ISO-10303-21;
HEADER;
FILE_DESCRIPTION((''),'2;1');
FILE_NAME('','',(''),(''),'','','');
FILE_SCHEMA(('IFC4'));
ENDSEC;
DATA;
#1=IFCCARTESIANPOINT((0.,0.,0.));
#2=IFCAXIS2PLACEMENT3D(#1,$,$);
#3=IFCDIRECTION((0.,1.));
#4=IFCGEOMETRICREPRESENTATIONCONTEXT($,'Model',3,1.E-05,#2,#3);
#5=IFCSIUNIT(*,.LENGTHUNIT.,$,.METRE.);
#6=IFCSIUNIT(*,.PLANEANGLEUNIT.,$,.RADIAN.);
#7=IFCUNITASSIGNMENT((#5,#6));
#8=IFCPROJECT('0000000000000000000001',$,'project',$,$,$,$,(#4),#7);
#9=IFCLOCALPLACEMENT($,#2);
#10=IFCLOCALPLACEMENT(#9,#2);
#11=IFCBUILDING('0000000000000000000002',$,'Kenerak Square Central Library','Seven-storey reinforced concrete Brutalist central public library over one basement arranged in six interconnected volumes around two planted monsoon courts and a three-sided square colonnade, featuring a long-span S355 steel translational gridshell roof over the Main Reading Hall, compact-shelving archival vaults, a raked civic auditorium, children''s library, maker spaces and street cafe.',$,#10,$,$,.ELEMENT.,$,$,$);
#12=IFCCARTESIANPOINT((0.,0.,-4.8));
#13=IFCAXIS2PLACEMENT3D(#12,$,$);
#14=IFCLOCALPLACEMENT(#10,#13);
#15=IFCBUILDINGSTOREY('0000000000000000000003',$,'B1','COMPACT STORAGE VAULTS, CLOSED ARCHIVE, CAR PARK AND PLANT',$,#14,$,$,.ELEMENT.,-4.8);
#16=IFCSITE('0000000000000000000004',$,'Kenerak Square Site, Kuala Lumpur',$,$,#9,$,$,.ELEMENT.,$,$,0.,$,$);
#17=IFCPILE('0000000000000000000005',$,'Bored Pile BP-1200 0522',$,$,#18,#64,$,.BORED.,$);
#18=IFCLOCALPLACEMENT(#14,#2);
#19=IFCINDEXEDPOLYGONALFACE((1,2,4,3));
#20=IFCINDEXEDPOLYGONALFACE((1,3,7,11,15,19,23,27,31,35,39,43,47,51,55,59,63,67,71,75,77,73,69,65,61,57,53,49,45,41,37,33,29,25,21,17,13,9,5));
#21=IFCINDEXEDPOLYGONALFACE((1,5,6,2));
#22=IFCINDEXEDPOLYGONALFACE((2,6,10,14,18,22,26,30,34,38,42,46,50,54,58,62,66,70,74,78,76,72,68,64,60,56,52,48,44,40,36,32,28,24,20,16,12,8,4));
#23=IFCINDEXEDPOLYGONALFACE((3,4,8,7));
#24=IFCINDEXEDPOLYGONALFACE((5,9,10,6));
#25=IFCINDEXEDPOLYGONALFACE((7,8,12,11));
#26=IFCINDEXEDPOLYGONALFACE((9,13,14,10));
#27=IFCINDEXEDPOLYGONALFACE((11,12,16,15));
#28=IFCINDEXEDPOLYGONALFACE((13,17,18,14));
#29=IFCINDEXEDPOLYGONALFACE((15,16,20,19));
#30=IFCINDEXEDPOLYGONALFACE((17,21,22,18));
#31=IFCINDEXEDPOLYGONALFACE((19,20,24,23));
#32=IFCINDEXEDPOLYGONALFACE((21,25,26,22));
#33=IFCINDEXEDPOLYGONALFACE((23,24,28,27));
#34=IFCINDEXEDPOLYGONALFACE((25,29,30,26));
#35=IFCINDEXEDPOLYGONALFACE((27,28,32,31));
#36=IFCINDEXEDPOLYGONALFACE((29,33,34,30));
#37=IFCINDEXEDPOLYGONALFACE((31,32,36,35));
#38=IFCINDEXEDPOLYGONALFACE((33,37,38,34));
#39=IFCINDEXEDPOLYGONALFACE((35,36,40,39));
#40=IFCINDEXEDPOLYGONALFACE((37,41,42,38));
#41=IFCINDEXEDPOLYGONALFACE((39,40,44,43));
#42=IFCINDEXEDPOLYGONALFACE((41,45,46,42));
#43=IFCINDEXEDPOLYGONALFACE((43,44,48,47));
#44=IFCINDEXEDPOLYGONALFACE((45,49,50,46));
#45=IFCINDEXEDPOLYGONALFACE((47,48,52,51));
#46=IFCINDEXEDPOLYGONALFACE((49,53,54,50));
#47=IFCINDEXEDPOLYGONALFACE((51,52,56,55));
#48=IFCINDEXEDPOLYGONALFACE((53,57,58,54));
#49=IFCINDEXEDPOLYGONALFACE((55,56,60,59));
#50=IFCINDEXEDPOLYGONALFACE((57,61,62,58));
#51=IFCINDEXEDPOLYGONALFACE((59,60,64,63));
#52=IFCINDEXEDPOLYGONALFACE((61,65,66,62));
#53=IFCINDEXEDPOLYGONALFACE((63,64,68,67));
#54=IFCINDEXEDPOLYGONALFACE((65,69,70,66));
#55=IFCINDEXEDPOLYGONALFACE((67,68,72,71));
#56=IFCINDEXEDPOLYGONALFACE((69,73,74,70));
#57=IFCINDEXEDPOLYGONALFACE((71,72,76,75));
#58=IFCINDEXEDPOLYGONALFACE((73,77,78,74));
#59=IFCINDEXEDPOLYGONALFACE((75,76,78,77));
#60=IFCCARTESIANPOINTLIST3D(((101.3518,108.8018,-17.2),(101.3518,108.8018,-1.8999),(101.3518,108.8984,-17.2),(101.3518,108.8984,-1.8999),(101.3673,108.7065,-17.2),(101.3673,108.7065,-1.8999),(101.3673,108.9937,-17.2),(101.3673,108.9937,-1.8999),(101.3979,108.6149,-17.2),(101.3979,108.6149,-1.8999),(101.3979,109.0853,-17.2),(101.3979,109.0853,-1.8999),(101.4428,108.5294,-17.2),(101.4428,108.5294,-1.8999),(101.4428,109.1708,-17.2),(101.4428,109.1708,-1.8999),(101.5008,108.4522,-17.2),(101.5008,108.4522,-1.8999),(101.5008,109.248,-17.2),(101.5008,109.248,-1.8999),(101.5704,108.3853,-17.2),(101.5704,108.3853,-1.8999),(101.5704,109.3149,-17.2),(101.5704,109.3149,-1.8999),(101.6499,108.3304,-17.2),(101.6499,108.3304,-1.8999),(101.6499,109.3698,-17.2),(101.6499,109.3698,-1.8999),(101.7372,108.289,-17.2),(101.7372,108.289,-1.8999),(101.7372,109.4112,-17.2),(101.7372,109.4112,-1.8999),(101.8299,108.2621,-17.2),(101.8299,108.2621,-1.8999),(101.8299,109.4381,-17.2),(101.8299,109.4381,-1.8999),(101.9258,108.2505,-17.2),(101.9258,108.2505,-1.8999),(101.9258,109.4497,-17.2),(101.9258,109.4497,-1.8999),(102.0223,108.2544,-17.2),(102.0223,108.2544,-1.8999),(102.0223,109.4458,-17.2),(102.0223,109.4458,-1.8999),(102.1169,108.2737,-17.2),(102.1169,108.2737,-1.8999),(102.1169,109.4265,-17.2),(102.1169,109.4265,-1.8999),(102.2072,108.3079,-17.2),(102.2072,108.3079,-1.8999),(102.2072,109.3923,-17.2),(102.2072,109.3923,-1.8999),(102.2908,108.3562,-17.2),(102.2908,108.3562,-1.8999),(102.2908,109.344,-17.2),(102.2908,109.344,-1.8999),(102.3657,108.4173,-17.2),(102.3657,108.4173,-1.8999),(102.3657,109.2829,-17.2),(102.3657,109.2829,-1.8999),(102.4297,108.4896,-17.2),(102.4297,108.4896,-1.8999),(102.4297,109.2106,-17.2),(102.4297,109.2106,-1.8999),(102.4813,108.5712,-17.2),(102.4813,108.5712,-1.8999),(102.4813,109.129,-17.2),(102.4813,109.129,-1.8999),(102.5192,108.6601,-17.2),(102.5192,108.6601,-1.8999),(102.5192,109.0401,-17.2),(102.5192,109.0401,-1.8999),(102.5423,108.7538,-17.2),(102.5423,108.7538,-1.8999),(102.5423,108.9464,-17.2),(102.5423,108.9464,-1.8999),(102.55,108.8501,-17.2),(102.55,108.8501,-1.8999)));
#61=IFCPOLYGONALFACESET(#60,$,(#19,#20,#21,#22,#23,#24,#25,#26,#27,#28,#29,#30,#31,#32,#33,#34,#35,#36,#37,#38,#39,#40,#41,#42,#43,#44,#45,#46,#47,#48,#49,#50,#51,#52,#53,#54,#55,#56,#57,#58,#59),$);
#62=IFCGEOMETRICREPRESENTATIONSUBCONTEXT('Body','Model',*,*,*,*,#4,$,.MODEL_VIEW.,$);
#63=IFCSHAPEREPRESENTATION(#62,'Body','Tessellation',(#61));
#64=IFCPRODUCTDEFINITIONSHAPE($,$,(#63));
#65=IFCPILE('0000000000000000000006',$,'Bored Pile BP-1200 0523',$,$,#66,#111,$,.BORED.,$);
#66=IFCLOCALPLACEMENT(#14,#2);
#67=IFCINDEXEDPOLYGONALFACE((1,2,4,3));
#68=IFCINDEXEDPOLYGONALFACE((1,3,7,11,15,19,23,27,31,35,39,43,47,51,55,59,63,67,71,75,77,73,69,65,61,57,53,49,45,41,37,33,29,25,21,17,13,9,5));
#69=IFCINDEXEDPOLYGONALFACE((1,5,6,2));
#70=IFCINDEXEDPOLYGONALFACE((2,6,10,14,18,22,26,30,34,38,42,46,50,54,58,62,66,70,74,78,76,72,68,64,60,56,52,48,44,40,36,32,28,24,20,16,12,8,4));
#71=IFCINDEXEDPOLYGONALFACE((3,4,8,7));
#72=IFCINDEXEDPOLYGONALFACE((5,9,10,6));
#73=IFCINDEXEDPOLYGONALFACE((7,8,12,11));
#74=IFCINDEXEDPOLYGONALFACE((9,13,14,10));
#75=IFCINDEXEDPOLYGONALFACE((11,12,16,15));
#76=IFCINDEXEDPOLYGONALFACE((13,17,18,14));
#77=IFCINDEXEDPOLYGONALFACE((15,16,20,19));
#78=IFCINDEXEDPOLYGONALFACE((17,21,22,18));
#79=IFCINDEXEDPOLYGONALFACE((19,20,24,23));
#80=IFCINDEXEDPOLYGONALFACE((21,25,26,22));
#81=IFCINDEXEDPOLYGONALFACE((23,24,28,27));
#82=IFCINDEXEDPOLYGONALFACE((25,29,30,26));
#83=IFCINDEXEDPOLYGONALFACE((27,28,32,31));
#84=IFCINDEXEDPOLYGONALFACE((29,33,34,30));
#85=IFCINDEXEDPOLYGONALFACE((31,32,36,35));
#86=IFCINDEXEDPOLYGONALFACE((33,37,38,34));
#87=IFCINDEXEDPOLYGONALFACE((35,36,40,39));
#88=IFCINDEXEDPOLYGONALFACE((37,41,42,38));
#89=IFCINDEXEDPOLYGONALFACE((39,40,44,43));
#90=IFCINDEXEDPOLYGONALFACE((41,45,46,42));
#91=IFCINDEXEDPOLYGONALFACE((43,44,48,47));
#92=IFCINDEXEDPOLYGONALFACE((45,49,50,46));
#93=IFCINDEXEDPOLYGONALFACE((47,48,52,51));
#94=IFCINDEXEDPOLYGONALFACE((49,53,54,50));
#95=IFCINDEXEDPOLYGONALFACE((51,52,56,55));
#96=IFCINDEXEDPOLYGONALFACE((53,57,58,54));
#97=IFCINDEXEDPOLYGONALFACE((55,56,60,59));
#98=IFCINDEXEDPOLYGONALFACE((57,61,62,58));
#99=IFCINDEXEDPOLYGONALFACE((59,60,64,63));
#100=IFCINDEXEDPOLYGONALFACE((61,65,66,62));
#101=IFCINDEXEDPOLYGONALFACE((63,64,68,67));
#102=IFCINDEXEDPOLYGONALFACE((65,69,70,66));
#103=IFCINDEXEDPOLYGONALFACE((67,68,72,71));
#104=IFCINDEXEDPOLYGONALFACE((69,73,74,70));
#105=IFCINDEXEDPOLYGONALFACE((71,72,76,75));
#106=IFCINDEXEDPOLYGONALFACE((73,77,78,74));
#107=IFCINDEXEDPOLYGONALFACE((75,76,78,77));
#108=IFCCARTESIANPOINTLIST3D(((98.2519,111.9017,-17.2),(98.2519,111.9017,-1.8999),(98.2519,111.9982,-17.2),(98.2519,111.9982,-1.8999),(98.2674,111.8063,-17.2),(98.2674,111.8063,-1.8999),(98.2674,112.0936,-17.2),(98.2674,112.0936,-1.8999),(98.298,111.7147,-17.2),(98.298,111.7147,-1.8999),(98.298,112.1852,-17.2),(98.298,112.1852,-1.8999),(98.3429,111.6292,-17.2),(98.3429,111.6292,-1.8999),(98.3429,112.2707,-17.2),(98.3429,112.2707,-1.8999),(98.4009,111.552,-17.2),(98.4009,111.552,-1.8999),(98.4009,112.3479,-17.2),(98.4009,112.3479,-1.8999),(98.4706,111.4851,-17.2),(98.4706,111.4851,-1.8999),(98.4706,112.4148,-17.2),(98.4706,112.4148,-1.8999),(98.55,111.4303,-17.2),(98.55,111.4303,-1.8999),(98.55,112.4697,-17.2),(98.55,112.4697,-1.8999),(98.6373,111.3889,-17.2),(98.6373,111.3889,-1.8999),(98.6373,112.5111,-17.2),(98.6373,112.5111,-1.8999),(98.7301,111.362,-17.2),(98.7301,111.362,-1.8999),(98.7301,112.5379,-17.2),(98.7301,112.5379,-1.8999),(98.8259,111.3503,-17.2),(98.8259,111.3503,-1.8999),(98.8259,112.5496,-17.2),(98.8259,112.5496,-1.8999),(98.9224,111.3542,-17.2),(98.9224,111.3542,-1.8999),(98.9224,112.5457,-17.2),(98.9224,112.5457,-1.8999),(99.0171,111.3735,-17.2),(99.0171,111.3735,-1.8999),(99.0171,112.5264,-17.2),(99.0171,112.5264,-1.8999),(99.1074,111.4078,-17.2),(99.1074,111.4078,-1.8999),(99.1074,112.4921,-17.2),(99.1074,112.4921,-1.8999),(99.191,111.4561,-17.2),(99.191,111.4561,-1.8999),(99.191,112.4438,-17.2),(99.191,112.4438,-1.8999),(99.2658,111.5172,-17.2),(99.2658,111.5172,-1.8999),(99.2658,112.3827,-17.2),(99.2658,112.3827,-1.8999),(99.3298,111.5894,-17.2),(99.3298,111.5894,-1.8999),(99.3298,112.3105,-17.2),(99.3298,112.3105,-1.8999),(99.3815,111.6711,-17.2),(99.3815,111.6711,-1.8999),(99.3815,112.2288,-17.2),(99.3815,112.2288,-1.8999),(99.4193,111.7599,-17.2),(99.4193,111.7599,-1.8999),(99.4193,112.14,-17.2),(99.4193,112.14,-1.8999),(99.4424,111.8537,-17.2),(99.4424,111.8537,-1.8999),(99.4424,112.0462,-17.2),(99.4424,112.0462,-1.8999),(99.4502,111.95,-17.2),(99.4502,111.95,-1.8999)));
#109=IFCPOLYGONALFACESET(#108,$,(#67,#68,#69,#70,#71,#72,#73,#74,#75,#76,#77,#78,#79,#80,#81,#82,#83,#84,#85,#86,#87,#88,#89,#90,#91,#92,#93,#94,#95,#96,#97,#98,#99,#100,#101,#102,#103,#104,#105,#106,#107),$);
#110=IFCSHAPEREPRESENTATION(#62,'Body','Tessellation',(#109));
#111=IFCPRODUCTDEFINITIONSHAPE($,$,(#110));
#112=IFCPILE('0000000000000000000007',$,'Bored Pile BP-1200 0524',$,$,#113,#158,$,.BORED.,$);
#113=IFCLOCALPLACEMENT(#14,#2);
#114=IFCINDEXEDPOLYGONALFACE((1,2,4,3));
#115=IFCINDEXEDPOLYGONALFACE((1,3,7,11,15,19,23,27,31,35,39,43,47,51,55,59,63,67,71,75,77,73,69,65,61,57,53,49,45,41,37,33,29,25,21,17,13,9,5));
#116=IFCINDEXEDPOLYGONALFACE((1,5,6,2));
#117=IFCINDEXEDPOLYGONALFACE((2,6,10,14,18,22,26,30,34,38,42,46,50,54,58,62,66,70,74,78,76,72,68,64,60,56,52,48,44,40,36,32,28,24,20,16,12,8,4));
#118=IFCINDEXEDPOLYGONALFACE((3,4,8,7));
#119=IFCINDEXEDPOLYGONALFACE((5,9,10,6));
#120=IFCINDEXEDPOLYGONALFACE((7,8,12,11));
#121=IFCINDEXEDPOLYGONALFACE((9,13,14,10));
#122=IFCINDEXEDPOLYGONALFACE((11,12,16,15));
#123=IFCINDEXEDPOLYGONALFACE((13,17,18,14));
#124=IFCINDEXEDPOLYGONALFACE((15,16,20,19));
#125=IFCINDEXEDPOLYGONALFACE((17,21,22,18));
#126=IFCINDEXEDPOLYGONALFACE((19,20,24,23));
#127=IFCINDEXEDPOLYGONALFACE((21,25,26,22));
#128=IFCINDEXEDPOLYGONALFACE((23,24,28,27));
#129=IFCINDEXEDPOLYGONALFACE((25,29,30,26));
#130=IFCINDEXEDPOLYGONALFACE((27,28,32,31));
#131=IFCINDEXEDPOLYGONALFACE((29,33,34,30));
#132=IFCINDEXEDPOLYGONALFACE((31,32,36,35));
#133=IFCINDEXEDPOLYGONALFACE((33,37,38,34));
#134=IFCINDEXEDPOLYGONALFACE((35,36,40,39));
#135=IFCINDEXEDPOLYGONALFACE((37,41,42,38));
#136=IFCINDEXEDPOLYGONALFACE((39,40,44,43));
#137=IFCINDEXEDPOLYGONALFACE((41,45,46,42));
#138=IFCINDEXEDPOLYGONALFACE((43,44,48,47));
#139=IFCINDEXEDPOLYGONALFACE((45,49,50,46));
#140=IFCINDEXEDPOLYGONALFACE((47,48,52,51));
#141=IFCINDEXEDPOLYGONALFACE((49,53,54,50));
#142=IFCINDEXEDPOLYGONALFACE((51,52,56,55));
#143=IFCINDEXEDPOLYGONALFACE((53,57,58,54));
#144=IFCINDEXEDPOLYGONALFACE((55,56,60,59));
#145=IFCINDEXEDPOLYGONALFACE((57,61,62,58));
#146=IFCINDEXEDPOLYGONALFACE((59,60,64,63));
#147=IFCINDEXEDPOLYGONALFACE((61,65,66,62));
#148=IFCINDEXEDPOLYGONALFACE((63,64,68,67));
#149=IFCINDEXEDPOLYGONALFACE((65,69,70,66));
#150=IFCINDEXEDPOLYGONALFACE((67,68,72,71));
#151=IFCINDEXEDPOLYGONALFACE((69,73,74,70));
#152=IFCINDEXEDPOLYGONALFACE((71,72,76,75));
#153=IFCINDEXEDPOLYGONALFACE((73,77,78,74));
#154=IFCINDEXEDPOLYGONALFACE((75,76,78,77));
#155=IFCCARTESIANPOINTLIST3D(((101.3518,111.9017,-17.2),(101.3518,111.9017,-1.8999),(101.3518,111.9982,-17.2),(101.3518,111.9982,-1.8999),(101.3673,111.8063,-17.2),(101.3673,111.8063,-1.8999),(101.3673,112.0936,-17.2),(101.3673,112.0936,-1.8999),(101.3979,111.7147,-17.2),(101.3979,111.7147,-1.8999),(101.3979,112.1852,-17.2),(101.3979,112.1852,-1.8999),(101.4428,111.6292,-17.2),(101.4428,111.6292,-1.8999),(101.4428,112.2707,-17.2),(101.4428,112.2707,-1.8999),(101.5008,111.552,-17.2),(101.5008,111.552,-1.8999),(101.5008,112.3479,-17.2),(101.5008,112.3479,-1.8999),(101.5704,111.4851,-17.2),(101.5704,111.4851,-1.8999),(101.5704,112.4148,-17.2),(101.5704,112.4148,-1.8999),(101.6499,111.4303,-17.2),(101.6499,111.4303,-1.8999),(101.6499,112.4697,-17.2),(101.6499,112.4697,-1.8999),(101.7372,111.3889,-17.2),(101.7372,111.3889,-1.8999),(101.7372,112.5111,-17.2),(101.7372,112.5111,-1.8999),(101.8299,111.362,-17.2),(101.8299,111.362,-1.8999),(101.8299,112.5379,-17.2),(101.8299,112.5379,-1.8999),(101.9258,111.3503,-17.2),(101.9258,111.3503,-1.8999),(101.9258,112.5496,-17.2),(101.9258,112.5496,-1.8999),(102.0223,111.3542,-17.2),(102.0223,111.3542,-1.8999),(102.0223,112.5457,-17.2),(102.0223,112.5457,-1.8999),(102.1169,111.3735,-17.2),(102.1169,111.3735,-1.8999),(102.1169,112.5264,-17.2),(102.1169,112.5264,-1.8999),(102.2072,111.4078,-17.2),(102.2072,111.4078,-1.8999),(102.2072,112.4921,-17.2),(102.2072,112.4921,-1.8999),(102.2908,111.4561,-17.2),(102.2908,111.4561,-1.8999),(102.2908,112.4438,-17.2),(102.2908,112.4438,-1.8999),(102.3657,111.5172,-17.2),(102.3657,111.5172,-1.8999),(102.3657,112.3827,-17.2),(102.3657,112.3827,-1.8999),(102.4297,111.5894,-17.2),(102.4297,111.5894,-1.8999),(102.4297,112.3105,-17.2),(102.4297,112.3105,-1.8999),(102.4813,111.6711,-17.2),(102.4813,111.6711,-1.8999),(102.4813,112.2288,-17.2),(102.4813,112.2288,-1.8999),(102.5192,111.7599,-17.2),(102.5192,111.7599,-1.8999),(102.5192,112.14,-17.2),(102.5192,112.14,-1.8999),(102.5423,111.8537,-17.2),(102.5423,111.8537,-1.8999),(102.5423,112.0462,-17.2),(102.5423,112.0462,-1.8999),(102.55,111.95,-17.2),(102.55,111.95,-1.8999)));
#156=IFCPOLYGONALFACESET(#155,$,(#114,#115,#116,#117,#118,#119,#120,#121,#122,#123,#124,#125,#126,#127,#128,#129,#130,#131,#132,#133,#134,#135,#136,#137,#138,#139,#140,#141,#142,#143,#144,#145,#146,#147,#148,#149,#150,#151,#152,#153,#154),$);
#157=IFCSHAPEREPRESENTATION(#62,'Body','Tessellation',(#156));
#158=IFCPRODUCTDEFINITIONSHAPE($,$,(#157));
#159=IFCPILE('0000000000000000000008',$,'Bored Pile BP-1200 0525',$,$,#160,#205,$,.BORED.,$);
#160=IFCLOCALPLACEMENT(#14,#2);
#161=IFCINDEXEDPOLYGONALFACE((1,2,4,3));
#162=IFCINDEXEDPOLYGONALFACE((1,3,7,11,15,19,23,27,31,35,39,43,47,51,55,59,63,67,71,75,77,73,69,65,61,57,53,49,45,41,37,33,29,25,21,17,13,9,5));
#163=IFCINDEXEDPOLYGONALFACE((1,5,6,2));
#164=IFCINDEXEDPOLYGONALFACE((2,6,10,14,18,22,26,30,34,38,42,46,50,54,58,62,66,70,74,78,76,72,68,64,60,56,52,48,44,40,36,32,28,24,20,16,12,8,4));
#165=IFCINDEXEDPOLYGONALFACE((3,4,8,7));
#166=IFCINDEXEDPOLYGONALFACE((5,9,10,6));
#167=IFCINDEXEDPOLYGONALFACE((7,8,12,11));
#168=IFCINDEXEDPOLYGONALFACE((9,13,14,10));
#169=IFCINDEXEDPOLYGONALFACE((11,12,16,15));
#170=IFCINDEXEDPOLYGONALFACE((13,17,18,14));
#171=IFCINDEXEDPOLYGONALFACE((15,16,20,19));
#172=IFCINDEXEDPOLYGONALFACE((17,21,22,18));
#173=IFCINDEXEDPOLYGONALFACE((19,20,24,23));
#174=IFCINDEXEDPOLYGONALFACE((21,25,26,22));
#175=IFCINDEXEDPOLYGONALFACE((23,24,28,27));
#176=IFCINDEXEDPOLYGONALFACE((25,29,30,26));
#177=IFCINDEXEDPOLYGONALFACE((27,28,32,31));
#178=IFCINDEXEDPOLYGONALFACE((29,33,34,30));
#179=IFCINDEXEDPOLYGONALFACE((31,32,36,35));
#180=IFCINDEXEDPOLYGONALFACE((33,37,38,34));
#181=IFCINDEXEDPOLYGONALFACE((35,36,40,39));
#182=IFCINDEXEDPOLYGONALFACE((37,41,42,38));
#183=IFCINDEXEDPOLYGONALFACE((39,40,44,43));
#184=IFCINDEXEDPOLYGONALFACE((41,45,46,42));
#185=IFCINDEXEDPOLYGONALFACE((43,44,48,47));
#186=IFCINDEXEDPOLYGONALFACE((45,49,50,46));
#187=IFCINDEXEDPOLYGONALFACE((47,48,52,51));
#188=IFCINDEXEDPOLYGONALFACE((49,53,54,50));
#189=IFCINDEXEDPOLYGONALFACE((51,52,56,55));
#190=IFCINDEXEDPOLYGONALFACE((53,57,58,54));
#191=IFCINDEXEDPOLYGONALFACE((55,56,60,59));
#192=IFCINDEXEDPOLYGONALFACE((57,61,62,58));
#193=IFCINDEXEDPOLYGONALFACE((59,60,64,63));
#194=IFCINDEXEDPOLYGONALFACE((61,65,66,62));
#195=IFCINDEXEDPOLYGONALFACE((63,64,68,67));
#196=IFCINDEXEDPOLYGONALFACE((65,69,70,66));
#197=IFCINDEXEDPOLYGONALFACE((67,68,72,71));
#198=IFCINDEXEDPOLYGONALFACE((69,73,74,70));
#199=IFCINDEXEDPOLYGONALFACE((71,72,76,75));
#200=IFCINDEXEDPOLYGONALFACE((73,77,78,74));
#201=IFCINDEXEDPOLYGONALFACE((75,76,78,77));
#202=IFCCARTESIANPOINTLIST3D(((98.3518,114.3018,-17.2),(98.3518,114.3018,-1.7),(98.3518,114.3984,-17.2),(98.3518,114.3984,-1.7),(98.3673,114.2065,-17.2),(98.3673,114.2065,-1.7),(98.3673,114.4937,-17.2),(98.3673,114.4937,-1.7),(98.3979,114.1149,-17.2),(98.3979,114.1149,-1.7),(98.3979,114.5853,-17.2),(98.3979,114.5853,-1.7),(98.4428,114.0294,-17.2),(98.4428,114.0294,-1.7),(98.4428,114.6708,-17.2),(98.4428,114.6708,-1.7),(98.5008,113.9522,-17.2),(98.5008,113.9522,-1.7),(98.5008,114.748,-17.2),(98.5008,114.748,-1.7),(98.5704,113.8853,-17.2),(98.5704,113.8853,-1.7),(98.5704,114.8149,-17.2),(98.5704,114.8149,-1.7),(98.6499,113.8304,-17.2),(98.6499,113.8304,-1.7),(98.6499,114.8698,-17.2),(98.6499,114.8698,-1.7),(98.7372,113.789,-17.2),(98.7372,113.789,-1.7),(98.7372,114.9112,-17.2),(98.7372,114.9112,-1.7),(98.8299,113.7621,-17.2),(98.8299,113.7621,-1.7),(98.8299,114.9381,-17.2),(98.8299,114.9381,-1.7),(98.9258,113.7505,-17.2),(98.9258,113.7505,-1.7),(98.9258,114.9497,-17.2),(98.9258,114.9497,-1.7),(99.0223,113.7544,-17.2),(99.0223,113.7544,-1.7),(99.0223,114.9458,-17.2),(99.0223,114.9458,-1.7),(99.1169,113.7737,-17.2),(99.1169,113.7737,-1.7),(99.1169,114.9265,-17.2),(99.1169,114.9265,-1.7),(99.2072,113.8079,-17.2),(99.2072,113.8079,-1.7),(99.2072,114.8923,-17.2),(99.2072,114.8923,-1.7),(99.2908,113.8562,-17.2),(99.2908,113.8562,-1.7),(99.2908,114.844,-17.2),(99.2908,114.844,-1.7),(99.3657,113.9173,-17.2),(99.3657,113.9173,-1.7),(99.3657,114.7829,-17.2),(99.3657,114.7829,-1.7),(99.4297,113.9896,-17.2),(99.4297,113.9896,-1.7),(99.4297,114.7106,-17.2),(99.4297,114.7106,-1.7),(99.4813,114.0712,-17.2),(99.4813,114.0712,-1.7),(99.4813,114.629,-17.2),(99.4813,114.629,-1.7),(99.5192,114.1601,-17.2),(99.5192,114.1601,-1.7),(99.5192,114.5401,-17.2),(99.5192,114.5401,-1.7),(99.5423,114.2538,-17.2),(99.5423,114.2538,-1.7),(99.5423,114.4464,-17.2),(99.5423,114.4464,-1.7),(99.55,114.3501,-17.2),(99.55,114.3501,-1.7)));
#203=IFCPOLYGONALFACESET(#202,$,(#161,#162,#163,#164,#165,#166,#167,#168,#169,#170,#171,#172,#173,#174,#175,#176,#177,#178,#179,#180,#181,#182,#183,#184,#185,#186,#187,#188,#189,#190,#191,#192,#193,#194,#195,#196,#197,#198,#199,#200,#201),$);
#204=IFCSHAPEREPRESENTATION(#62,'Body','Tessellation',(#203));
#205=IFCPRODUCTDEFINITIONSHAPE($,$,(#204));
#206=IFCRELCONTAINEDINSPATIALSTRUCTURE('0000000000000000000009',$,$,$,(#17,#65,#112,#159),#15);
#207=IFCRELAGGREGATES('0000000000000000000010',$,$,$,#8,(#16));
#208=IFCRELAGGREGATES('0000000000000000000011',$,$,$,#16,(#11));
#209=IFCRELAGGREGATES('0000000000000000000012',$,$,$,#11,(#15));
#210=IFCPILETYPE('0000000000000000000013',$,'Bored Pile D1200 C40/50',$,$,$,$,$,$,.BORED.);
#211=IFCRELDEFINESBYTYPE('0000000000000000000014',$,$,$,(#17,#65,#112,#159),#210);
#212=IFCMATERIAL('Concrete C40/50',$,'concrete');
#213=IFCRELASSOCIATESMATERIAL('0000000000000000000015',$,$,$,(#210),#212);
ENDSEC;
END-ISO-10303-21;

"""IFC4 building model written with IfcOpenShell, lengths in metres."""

from ifc_helpers import new_model, si_unit, direction, frame, origin, origin_2d, place, context, subcontext, project, spatial, circle, extrude, material, material_profile, profile_set, type_object, element, save


model = new_model("IFC4")

# Units and contexts
model_context = context("Model", 3, precision=1e-05, world=origin(), true_north=direction((0.0, 1.0)))
body_context = subcontext(model_context, "Body", "Model", "MODEL_VIEW")
ifc_project = project(units=[si_unit("LENGTHUNIT", "METRE"), si_unit("PLANEANGLEUNIT", "RADIAN")], contexts=[model_context])

# Site, building, storey
site_placement = place(None, origin())
site = spatial("IfcSite", under=ifc_project, at=site_placement, Name="Kenerak Square Site, Kuala Lumpur", CompositionType="ELEMENT", RefElevation=0.0)
building_placement = place(site_placement, origin())
building = spatial("IfcBuilding", under=site, at=building_placement, Name="Kenerak Square Central Library", Description="Seven-storey reinforced concrete Brutalist central public library over one basement arranged in six interconnected volumes around two planted monsoon courts and a three-sided square colonnade, featuring a long-span S355 steel translational gridshell roof over the Main Reading Hall, compact-shelving archival vaults, a raked civic auditorium, children's library, maker spaces and street cafe.", CompositionType="ELEMENT")
storey_placement = place(building_placement, frame((0.0, 0.0, -4.8)))
storey = spatial("IfcBuildingStorey", under=building, at=storey_placement, Name="B1", Description="COMPACT STORAGE VAULTS, CLOSED ARCHIVE, CAR PARK AND PLANT", CompositionType="ELEMENT", Elevation=-4.8)

# Piles
ifc_material_1 = material(Name="Concrete C40/50", Category="concrete")
ifc_material_profile_1 = material_profile(ifc_material_1, circle(Radius=0.6001, at=origin_2d()), Name="BP D1200")
ifc_profile_set_1 = profile_set([ifc_material_profile_1], Name="Concrete C40/50")
pile_type = type_object("IfcPileType", Name="Bored Pile D1200 C40/50", PredefinedType="BORED", material=ifc_profile_set_1)
for number, where, z_axis, x_axis, name in (
    (1, (101.95, 108.8501, -1.8999), (0.0, 0.0, -1.0), (1.0, 0.0, 0.0), "Bored Pile BP-1200 0522"),
    (2, (98.8501, 111.95, -1.8999), (0.0, 0.0, -1.0), (1.0, 0.0, 0.0), "Bored Pile BP-1200 0523"),
    (3, (101.95, 111.95, -1.8999), (0.0, 0.0, -1.0), (1.0, 0.0, 0.0), "Bored Pile BP-1200 0524"),
):
    element("IfcPile", number, at=place(storey_placement, frame(where, z_axis=z_axis, x_axis=x_axis)), inside=storey, type_object=pile_type, Name=name, PredefinedType="BORED", context=body_context, shape_type="SweptSolid", body=[
        extrude(circle(Radius=0.6001, at=origin_2d()), origin(), (0.0, 0.0, 1.0), 15.3),
    ])
for number, where, z_axis, x_axis, name in (
    (4, (98.95, 114.3501, -1.7), (0.0, 0.0, -1.0), (1.0, 0.0, 0.0), "Bored Pile BP-1200 0525"),
):
    element("IfcPile", number, at=place(storey_placement, frame(where, z_axis=z_axis, x_axis=x_axis)), inside=storey, type_object=pile_type, Name=name, PredefinedType="BORED", context=body_context, shape_type="SweptSolid", body=[
        extrude(circle(Radius=0.6001, at=origin_2d()), origin(), (0.0, 0.0, 1.0), 15.5),
    ])

save(model, "model.ifc")
